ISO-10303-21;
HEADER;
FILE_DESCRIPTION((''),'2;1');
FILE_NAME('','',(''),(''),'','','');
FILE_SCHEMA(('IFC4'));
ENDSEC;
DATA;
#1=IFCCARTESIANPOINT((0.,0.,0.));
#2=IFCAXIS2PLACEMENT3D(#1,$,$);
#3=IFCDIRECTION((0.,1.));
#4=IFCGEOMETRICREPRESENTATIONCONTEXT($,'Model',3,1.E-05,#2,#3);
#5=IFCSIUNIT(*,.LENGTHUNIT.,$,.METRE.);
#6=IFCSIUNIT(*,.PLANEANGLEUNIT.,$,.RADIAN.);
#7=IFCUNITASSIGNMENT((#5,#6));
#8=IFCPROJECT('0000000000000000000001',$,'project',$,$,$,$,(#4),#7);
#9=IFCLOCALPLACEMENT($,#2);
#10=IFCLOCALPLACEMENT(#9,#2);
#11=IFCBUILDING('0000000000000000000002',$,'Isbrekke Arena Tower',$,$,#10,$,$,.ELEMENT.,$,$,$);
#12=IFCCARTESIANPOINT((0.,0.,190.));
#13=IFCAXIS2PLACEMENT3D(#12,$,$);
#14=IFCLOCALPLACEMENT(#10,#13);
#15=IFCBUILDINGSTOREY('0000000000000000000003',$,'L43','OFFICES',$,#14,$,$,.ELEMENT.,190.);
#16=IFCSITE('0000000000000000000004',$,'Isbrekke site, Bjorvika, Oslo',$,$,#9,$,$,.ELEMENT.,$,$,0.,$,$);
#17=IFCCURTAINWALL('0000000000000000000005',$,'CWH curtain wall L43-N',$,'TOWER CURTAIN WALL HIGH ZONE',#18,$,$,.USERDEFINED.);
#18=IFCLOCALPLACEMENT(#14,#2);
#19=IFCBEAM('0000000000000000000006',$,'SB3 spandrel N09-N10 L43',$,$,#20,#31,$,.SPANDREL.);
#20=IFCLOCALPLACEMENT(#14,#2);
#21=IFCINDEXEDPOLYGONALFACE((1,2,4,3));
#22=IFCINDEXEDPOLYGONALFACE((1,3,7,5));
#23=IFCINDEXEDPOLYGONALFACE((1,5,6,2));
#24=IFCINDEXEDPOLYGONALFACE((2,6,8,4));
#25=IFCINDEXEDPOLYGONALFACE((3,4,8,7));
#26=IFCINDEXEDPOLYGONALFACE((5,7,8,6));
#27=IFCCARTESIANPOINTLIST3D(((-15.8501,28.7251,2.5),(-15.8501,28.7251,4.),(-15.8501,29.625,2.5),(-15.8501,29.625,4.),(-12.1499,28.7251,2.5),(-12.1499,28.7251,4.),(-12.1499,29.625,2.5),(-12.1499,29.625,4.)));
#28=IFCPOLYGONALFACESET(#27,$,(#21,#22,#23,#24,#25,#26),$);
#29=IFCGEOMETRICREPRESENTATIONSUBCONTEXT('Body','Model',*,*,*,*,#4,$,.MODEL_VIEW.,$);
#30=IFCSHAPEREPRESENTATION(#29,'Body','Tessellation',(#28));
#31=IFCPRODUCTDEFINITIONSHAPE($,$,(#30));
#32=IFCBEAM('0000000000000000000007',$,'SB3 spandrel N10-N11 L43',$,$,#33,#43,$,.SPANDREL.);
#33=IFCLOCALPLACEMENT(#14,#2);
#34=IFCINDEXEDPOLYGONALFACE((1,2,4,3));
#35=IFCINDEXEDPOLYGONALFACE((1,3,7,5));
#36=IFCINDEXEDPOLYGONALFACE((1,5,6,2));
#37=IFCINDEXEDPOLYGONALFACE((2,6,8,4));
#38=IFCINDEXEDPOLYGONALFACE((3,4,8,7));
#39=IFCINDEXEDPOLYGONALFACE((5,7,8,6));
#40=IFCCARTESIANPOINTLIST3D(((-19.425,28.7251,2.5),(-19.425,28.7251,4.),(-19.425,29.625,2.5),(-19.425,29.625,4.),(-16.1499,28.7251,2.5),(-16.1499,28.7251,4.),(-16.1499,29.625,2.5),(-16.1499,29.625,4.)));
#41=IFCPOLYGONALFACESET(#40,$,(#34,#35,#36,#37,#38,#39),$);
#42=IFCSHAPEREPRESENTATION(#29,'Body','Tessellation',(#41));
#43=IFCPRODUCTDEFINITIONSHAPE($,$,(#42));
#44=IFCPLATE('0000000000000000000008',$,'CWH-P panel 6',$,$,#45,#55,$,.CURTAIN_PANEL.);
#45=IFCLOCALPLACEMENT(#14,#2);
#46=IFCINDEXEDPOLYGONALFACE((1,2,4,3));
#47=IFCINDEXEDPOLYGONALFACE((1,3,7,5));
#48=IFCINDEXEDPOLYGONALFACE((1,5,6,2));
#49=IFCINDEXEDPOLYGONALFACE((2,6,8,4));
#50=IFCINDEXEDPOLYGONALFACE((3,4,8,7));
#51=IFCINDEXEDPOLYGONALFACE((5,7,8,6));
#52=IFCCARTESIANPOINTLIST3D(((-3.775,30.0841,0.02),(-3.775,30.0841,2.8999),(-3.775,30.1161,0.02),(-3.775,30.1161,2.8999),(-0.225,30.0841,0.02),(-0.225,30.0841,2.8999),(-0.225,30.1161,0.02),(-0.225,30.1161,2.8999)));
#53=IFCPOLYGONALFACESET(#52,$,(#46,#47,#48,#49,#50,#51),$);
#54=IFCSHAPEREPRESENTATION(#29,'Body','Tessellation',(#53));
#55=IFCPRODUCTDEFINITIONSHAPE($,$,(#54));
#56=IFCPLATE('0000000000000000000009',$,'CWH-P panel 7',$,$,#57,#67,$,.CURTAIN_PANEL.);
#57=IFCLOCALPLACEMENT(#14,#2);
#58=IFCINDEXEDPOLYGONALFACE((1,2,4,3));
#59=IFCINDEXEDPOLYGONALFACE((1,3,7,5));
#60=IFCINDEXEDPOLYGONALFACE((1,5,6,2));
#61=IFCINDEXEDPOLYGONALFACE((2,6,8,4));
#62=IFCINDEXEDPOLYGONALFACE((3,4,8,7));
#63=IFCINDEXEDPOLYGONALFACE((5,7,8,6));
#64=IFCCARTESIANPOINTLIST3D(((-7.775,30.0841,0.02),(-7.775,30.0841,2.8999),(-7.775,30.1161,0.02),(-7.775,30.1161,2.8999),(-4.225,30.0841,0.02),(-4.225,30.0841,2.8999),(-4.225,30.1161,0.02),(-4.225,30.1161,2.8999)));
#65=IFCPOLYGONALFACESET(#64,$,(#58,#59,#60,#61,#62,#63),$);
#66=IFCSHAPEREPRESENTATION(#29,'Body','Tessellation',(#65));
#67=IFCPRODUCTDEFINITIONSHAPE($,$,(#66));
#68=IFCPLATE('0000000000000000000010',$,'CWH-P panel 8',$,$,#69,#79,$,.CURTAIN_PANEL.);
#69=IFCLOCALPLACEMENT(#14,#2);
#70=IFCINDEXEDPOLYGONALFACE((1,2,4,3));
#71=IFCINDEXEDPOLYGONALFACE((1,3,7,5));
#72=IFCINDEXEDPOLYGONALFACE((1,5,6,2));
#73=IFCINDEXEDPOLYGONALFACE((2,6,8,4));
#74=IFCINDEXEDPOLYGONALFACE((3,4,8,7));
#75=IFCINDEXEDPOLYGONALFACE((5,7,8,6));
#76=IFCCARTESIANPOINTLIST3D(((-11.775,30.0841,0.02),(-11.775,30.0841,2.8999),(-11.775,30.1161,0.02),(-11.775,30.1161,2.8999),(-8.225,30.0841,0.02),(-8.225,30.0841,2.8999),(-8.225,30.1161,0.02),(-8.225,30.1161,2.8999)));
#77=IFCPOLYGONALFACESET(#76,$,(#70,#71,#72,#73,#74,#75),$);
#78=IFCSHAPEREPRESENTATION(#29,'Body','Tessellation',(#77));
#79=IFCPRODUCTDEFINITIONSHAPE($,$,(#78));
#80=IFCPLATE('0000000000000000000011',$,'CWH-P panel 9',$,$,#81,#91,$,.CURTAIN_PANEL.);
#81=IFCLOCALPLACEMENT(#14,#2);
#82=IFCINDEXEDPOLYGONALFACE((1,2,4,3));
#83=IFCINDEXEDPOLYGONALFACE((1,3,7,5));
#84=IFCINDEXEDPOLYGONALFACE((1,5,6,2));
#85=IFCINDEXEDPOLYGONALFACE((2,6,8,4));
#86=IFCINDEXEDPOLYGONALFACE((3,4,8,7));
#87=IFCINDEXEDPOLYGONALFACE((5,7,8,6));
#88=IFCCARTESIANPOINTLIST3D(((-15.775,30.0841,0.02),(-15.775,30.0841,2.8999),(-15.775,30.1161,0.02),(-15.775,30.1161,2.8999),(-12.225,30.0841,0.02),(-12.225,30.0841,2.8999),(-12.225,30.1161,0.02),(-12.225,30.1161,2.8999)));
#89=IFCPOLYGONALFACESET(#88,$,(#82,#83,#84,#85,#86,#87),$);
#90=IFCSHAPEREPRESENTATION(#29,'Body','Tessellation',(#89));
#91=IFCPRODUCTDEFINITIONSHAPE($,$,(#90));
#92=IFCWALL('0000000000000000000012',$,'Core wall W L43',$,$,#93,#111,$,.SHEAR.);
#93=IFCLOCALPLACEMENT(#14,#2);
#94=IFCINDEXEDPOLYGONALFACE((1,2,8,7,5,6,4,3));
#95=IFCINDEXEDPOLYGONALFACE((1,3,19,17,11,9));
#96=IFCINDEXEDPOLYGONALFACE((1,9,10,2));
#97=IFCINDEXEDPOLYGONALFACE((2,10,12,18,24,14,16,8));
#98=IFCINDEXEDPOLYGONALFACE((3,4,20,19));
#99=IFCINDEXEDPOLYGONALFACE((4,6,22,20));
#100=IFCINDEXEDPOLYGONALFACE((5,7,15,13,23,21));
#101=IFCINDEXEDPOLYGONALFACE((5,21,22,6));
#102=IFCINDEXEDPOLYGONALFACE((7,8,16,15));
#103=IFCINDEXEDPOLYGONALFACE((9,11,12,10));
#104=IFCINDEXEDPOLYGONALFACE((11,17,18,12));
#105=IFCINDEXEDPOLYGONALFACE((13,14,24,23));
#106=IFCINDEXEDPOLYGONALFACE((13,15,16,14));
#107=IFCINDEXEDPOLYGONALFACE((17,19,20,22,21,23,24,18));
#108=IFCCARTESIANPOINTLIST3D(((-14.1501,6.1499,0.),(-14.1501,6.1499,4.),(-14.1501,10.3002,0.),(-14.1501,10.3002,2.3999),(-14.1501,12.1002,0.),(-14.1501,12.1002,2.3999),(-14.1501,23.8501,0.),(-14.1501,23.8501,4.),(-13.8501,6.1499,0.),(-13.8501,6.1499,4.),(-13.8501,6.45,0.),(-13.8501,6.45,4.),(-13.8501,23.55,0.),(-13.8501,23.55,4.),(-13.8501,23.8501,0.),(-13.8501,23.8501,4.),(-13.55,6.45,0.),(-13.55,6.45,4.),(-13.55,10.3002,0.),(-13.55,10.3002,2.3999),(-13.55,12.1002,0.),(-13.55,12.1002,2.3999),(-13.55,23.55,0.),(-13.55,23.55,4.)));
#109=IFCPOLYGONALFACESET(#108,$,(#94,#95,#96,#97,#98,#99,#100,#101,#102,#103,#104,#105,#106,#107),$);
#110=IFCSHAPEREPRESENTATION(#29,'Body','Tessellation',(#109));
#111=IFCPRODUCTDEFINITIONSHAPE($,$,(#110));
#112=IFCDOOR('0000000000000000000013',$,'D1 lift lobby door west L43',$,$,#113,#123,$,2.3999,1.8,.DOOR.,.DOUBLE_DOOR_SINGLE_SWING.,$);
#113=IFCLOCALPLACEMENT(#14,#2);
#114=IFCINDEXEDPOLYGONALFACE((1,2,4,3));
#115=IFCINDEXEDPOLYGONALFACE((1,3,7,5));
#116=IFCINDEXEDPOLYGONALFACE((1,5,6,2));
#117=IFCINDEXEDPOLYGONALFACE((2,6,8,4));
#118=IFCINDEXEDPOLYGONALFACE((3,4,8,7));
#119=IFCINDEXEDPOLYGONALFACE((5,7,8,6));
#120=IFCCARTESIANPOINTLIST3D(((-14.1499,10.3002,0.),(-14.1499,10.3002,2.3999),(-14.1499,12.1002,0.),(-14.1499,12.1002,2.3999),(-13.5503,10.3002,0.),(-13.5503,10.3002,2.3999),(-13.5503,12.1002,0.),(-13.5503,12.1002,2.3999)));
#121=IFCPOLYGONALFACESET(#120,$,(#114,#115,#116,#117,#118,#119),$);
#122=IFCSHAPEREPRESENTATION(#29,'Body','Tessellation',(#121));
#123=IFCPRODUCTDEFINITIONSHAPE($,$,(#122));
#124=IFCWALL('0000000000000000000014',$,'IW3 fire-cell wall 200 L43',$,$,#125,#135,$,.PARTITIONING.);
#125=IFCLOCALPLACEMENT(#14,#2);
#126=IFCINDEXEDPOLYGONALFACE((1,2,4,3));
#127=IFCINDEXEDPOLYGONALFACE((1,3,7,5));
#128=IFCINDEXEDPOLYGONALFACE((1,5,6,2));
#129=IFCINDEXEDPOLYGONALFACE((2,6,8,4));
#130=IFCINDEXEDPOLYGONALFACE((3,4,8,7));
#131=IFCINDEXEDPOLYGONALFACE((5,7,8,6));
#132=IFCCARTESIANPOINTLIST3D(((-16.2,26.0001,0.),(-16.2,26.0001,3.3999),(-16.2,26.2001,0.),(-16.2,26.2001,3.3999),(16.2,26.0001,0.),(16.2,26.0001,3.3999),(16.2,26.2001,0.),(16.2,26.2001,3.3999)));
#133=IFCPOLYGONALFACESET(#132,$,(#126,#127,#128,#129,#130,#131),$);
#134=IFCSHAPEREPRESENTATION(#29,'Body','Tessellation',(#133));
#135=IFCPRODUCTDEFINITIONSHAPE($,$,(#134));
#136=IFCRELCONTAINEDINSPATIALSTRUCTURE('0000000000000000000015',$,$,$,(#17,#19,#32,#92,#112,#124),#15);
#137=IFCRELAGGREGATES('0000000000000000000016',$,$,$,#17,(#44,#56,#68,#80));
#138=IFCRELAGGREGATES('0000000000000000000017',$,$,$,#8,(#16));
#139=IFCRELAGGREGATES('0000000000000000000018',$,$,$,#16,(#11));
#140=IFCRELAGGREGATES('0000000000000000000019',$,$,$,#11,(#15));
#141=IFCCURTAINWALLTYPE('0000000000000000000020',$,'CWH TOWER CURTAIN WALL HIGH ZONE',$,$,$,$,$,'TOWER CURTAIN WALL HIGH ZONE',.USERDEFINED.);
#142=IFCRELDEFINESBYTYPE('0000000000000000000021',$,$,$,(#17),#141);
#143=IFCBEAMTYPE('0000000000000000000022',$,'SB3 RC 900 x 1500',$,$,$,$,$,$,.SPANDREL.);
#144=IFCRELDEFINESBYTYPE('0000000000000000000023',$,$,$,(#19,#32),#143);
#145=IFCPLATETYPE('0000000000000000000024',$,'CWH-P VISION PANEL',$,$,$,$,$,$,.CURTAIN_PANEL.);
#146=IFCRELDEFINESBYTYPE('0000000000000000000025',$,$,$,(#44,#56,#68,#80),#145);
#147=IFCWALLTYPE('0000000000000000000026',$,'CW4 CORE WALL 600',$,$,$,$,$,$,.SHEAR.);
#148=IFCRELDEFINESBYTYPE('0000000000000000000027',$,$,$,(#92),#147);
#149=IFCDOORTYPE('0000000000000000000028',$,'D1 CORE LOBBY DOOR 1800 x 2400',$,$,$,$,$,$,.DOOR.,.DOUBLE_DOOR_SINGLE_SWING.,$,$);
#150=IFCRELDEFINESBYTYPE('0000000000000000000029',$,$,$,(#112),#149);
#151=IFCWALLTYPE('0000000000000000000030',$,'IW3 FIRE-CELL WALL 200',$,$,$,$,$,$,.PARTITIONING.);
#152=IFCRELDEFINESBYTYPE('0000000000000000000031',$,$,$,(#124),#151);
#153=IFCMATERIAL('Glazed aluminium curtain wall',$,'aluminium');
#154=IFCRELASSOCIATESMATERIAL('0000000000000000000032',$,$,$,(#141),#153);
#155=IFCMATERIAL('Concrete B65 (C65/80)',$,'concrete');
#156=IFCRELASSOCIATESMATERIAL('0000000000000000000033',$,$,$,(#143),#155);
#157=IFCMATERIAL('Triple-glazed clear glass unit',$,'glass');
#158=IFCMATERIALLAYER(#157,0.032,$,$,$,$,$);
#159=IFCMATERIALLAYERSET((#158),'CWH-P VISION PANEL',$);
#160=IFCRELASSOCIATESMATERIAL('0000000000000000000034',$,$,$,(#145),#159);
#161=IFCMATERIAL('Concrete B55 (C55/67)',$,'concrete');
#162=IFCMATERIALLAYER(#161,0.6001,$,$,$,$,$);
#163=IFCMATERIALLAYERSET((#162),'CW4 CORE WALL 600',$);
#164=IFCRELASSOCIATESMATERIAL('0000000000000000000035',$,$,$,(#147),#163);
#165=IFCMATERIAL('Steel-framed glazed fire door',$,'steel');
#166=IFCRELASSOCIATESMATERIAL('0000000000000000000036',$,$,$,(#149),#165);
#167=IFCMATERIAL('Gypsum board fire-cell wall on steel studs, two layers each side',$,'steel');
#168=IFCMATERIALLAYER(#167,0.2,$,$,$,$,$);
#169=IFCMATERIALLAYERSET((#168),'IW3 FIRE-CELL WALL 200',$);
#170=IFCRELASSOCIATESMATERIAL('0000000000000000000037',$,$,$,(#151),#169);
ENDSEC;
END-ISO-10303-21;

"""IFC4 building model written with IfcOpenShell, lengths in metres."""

from ifc_helpers import new_model, si_unit, direction, frame, frame_2d, origin, origin_2d, place, context, subcontext, project, spatial, polyline, rectangle, outline, extrude, material, layer, layer_set, material_profile, profile_set, type_object, element, fill, aggregate, save


model = new_model("IFC4")

# Units and contexts
model_context = context("Model", 3, precision=1e-05, world=origin(), true_north=direction((0.0, 1.0)))
body_context = subcontext(model_context, "Body", "Model", "MODEL_VIEW")
ifc_project = project(units=[si_unit("LENGTHUNIT", "METRE"), si_unit("PLANEANGLEUNIT", "RADIAN")], contexts=[model_context])

# Site, building, storey
site_placement = place(None, origin())
site = spatial("IfcSite", under=ifc_project, at=site_placement, Name="Isbrekke site, Bjorvika, Oslo", CompositionType="ELEMENT", RefElevation=0.0)
building_placement = place(site_placement, origin())
building = spatial("IfcBuilding", under=site, at=building_placement, Name="Isbrekke Arena Tower", CompositionType="ELEMENT")
storey_placement = place(building_placement, frame((0.0, 0.0, 190.0)))
storey = spatial("IfcBuildingStorey", under=building, at=storey_placement, Name="L43", Description="OFFICES", CompositionType="ELEMENT", Elevation=190.0)

# Curtain wall
ifc_material_1 = material(Name="Glazed aluminium curtain wall", Category="aluminium")
curtain_wall_type = type_object("IfcCurtainWallType", Name="CWH TOWER CURTAIN WALL HIGH ZONE", ElementType="TOWER CURTAIN WALL HIGH ZONE", PredefinedType="USERDEFINED", material=ifc_material_1)
curtain_wall_placement = place(storey_placement, origin())
curtain_wall = element("IfcCurtainWall", 1, at=curtain_wall_placement, inside=storey, type_object=curtain_wall_type, Name="CWH curtain wall L43-N", ObjectType="TOWER CURTAIN WALL HIGH ZONE", PredefinedType="USERDEFINED")

# Beams
ifc_material_2 = material(Name="Concrete B65 (C65/80)", Category="concrete")
ifc_material_profile_1 = material_profile(ifc_material_2, rectangle(XDim=0.8999, YDim=1.5, at=origin_2d()), Name="RC 900x1500")
ifc_profile_set_1 = profile_set([ifc_material_profile_1], Name="Concrete B65 (C65/80)")
beam_type_1 = type_object("IfcBeamType", Name="SB3 RC 900 x 1500", PredefinedType="SPANDREL", material=ifc_profile_set_1)
for number, where, z_axis, x_axis, name in (
    (2, (-12.1499, 29.175, 3.25), (-1.0, 0.0, 0.0), (0.0, -1.0, 0.0), "SB3 spandrel N09-N10 L43"),
):
    element("IfcBeam", number, at=place(storey_placement, frame(where, z_axis=z_axis, x_axis=x_axis)), inside=storey, type_object=beam_type_1, Name=name, PredefinedType="SPANDREL", context=body_context, shape_type="SweptSolid", body=[
        extrude(rectangle(XDim=0.8999, YDim=1.5, at=origin_2d()), origin(), (0.0, 0.0, 1.0), 3.7002),
    ])
beam_1_placement = place(storey_placement, frame((-16.1499, 29.175, 3.25), z_axis=(-1.0, 0.0, 0.0), x_axis=(0.0, -1.0, 0.0)))
element("IfcBeam", 3, at=beam_1_placement, inside=storey, type_object=beam_type_1, Name="SB3 spandrel N10-N11 L43", PredefinedType="SPANDREL", context=body_context, shape_type="SweptSolid", body=[
    extrude(rectangle(XDim=0.8999, YDim=1.5, at=origin_2d()), origin(), (0.0, 0.0, 1.0), 3.2751),
])

# Plates
ifc_material_3 = material(Name="Triple-glazed clear glass unit", Category="glass")
ifc_layer_1 = layer(ifc_material_3, 0.032)
ifc_layer_set_1 = layer_set([ifc_layer_1], Name="CWH-P VISION PANEL")
plate_type = type_object("IfcPlateType", Name="CWH-P VISION PANEL", PredefinedType="CURTAIN_PANEL", material=ifc_layer_set_1)
plate_1_placement = place(storey_placement, frame((-2.0, 30.1001, 0.02), z_axis=(0.0, 0.0, 1.0), x_axis=(-1.0, 0.0, 0.0)))
plate_1 = element("IfcPlate", 4, at=plate_1_placement, type_object=plate_type, Name="CWH-P panel 6", PredefinedType="CURTAIN_PANEL", context=body_context, shape_type="SweptSolid", body=[
    extrude(rectangle(XDim=3.55, YDim=0.032, at=origin_2d()), origin(), (0.0, 0.0, 1.0), 2.8799),
])
plate_2_placement = place(storey_placement, frame((-6.0, 30.1001, 0.02), z_axis=(0.0, 0.0, 1.0), x_axis=(-1.0, 0.0, 0.0)))
plate_2 = element("IfcPlate", 5, at=plate_2_placement, type_object=plate_type, Name="CWH-P panel 7", PredefinedType="CURTAIN_PANEL", context=body_context, shape_type="SweptSolid", body=[
    extrude(rectangle(XDim=3.55, YDim=0.032, at=origin_2d()), origin(), (0.0, 0.0, 1.0), 2.8799),
])
plate_3_placement = place(storey_placement, frame((-10.0, 30.1001, 0.02), z_axis=(0.0, 0.0, 1.0), x_axis=(-1.0, 0.0, 0.0)))
plate_3 = element("IfcPlate", 6, at=plate_3_placement, type_object=plate_type, Name="CWH-P panel 8", PredefinedType="CURTAIN_PANEL", context=body_context, shape_type="SweptSolid", body=[
    extrude(rectangle(XDim=3.55, YDim=0.032, at=origin_2d()), origin(), (0.0, 0.0, 1.0), 2.8799),
])
plate_4_placement = place(storey_placement, frame((-14.0, 30.1001, 0.02), z_axis=(0.0, 0.0, 1.0), x_axis=(-1.0, 0.0, 0.0)))
plate_4 = element("IfcPlate", 7, at=plate_4_placement, type_object=plate_type, Name="CWH-P panel 9", PredefinedType="CURTAIN_PANEL", context=body_context, shape_type="SweptSolid", body=[
    extrude(rectangle(XDim=3.55, YDim=0.032, at=origin_2d()), origin(), (0.0, 0.0, 1.0), 2.8799),
])
aggregate(curtain_wall, [plate_1, plate_2, plate_3, plate_4])

# Wall, opening, door
ifc_material_4 = material(Name="Concrete B55 (C55/67)", Category="concrete")
ifc_layer_2 = layer(ifc_material_4, 0.6001)
ifc_layer_set_2 = layer_set([ifc_layer_2], Name="CW4 CORE WALL 600")
wall_type_1 = type_object("IfcWallType", Name="CW4 CORE WALL 600", PredefinedType="SHEAR", material=ifc_layer_set_2)
wall_1_placement = place(storey_placement, frame((-13.8501, 23.8501, 0.0), z_axis=(0.0, 0.0, 1.0), x_axis=(0.0, -1.0, 0.0)))
wall_1 = element("IfcWall", 8, at=wall_1_placement, inside=storey, type_object=wall_type_1, Name="Core wall W L43", PredefinedType="SHEAR", context=body_context, shape_type="SweptSolid", body=[
    extrude(outline(polyline([(0.0, -0.3), (17.7002, -0.3), (17.7002, 0.0), (17.4001, 0.0), (17.4001, 0.3), (0.3, 0.3), (0.3, 0.0), (0.0, 0.0), (0.0, -0.3)])), origin(), (0.0, 0.0, 1.0), 4.0),
])
opening_placement = place(wall_1_placement, frame((11.75, 0.0, 0.0)))
opening = element("IfcOpeningElement", 9, at=opening_placement, cuts=wall_1, PredefinedType="OPENING", context=body_context, shape_type="SweptSolid", body=[
    extrude(rectangle(XDim=1.8, YDim=2.3999, at=frame_2d((0.8999, 1.2))), frame((0.0, 0.3149, 0.0), z_axis=(0.0, -1.0, 0.0), x_axis=(1.0, 0.0, 0.0)), (0.0, 0.0, 1.0), 0.6299),
])
ifc_material_5 = material(Name="Steel-framed glazed fire door", Category="steel")
door_type = type_object("IfcDoorType", Name="D1 CORE LOBBY DOOR 1800 x 2400", OperationType="DOUBLE_DOOR_SINGLE_SWING", PredefinedType="DOOR", material=ifc_material_5)
door_placement = place(opening_placement, origin())
door = element("IfcDoor", 10, at=door_placement, inside=storey, type_object=door_type, Name="D1 lift lobby door west L43", OperationType="DOUBLE_DOOR_SINGLE_SWING", OverallHeight=2.3999, OverallWidth=1.8, PredefinedType="DOOR", context=body_context, shape_type="SweptSolid", body=[
    extrude(rectangle(XDim=1.8, YDim=2.3999, at=frame_2d((0.8999, 1.2))), frame((0.0, 0.2998, 0.0), z_axis=(0.0, -1.0, 0.0), x_axis=(1.0, 0.0, 0.0)), (0.0, 0.0, 1.0), 0.5996),
])
fill(opening, door)

# Wall
ifc_material_6 = material(Name="Gypsum board fire-cell wall on steel studs, two layers each side", Category="steel")
ifc_layer_3 = layer(ifc_material_6, 0.2)
ifc_layer_set_3 = layer_set([ifc_layer_3], Name="IW3 FIRE-CELL WALL 200")
wall_type_2 = type_object("IfcWallType", Name="IW3 FIRE-CELL WALL 200", PredefinedType="PARTITIONING", material=ifc_layer_set_3)
wall_2_placement = place(storey_placement, frame((-16.2, 26.1001, 0.0), z_axis=(0.0, 0.0, 1.0), x_axis=(1.0, 0.0, 0.0)))
element("IfcWall", 11, at=wall_2_placement, inside=storey, type_object=wall_type_2, Name="IW3 fire-cell wall 200 L43", PredefinedType="PARTITIONING", context=body_context, shape_type="SweptSolid", body=[
    extrude(rectangle(XDim=32.3999, YDim=0.2, at=frame_2d((16.2, 0.0))), origin(), (0.0, 0.0, 1.0), 3.3999),
])

save(model, "model.ifc")
